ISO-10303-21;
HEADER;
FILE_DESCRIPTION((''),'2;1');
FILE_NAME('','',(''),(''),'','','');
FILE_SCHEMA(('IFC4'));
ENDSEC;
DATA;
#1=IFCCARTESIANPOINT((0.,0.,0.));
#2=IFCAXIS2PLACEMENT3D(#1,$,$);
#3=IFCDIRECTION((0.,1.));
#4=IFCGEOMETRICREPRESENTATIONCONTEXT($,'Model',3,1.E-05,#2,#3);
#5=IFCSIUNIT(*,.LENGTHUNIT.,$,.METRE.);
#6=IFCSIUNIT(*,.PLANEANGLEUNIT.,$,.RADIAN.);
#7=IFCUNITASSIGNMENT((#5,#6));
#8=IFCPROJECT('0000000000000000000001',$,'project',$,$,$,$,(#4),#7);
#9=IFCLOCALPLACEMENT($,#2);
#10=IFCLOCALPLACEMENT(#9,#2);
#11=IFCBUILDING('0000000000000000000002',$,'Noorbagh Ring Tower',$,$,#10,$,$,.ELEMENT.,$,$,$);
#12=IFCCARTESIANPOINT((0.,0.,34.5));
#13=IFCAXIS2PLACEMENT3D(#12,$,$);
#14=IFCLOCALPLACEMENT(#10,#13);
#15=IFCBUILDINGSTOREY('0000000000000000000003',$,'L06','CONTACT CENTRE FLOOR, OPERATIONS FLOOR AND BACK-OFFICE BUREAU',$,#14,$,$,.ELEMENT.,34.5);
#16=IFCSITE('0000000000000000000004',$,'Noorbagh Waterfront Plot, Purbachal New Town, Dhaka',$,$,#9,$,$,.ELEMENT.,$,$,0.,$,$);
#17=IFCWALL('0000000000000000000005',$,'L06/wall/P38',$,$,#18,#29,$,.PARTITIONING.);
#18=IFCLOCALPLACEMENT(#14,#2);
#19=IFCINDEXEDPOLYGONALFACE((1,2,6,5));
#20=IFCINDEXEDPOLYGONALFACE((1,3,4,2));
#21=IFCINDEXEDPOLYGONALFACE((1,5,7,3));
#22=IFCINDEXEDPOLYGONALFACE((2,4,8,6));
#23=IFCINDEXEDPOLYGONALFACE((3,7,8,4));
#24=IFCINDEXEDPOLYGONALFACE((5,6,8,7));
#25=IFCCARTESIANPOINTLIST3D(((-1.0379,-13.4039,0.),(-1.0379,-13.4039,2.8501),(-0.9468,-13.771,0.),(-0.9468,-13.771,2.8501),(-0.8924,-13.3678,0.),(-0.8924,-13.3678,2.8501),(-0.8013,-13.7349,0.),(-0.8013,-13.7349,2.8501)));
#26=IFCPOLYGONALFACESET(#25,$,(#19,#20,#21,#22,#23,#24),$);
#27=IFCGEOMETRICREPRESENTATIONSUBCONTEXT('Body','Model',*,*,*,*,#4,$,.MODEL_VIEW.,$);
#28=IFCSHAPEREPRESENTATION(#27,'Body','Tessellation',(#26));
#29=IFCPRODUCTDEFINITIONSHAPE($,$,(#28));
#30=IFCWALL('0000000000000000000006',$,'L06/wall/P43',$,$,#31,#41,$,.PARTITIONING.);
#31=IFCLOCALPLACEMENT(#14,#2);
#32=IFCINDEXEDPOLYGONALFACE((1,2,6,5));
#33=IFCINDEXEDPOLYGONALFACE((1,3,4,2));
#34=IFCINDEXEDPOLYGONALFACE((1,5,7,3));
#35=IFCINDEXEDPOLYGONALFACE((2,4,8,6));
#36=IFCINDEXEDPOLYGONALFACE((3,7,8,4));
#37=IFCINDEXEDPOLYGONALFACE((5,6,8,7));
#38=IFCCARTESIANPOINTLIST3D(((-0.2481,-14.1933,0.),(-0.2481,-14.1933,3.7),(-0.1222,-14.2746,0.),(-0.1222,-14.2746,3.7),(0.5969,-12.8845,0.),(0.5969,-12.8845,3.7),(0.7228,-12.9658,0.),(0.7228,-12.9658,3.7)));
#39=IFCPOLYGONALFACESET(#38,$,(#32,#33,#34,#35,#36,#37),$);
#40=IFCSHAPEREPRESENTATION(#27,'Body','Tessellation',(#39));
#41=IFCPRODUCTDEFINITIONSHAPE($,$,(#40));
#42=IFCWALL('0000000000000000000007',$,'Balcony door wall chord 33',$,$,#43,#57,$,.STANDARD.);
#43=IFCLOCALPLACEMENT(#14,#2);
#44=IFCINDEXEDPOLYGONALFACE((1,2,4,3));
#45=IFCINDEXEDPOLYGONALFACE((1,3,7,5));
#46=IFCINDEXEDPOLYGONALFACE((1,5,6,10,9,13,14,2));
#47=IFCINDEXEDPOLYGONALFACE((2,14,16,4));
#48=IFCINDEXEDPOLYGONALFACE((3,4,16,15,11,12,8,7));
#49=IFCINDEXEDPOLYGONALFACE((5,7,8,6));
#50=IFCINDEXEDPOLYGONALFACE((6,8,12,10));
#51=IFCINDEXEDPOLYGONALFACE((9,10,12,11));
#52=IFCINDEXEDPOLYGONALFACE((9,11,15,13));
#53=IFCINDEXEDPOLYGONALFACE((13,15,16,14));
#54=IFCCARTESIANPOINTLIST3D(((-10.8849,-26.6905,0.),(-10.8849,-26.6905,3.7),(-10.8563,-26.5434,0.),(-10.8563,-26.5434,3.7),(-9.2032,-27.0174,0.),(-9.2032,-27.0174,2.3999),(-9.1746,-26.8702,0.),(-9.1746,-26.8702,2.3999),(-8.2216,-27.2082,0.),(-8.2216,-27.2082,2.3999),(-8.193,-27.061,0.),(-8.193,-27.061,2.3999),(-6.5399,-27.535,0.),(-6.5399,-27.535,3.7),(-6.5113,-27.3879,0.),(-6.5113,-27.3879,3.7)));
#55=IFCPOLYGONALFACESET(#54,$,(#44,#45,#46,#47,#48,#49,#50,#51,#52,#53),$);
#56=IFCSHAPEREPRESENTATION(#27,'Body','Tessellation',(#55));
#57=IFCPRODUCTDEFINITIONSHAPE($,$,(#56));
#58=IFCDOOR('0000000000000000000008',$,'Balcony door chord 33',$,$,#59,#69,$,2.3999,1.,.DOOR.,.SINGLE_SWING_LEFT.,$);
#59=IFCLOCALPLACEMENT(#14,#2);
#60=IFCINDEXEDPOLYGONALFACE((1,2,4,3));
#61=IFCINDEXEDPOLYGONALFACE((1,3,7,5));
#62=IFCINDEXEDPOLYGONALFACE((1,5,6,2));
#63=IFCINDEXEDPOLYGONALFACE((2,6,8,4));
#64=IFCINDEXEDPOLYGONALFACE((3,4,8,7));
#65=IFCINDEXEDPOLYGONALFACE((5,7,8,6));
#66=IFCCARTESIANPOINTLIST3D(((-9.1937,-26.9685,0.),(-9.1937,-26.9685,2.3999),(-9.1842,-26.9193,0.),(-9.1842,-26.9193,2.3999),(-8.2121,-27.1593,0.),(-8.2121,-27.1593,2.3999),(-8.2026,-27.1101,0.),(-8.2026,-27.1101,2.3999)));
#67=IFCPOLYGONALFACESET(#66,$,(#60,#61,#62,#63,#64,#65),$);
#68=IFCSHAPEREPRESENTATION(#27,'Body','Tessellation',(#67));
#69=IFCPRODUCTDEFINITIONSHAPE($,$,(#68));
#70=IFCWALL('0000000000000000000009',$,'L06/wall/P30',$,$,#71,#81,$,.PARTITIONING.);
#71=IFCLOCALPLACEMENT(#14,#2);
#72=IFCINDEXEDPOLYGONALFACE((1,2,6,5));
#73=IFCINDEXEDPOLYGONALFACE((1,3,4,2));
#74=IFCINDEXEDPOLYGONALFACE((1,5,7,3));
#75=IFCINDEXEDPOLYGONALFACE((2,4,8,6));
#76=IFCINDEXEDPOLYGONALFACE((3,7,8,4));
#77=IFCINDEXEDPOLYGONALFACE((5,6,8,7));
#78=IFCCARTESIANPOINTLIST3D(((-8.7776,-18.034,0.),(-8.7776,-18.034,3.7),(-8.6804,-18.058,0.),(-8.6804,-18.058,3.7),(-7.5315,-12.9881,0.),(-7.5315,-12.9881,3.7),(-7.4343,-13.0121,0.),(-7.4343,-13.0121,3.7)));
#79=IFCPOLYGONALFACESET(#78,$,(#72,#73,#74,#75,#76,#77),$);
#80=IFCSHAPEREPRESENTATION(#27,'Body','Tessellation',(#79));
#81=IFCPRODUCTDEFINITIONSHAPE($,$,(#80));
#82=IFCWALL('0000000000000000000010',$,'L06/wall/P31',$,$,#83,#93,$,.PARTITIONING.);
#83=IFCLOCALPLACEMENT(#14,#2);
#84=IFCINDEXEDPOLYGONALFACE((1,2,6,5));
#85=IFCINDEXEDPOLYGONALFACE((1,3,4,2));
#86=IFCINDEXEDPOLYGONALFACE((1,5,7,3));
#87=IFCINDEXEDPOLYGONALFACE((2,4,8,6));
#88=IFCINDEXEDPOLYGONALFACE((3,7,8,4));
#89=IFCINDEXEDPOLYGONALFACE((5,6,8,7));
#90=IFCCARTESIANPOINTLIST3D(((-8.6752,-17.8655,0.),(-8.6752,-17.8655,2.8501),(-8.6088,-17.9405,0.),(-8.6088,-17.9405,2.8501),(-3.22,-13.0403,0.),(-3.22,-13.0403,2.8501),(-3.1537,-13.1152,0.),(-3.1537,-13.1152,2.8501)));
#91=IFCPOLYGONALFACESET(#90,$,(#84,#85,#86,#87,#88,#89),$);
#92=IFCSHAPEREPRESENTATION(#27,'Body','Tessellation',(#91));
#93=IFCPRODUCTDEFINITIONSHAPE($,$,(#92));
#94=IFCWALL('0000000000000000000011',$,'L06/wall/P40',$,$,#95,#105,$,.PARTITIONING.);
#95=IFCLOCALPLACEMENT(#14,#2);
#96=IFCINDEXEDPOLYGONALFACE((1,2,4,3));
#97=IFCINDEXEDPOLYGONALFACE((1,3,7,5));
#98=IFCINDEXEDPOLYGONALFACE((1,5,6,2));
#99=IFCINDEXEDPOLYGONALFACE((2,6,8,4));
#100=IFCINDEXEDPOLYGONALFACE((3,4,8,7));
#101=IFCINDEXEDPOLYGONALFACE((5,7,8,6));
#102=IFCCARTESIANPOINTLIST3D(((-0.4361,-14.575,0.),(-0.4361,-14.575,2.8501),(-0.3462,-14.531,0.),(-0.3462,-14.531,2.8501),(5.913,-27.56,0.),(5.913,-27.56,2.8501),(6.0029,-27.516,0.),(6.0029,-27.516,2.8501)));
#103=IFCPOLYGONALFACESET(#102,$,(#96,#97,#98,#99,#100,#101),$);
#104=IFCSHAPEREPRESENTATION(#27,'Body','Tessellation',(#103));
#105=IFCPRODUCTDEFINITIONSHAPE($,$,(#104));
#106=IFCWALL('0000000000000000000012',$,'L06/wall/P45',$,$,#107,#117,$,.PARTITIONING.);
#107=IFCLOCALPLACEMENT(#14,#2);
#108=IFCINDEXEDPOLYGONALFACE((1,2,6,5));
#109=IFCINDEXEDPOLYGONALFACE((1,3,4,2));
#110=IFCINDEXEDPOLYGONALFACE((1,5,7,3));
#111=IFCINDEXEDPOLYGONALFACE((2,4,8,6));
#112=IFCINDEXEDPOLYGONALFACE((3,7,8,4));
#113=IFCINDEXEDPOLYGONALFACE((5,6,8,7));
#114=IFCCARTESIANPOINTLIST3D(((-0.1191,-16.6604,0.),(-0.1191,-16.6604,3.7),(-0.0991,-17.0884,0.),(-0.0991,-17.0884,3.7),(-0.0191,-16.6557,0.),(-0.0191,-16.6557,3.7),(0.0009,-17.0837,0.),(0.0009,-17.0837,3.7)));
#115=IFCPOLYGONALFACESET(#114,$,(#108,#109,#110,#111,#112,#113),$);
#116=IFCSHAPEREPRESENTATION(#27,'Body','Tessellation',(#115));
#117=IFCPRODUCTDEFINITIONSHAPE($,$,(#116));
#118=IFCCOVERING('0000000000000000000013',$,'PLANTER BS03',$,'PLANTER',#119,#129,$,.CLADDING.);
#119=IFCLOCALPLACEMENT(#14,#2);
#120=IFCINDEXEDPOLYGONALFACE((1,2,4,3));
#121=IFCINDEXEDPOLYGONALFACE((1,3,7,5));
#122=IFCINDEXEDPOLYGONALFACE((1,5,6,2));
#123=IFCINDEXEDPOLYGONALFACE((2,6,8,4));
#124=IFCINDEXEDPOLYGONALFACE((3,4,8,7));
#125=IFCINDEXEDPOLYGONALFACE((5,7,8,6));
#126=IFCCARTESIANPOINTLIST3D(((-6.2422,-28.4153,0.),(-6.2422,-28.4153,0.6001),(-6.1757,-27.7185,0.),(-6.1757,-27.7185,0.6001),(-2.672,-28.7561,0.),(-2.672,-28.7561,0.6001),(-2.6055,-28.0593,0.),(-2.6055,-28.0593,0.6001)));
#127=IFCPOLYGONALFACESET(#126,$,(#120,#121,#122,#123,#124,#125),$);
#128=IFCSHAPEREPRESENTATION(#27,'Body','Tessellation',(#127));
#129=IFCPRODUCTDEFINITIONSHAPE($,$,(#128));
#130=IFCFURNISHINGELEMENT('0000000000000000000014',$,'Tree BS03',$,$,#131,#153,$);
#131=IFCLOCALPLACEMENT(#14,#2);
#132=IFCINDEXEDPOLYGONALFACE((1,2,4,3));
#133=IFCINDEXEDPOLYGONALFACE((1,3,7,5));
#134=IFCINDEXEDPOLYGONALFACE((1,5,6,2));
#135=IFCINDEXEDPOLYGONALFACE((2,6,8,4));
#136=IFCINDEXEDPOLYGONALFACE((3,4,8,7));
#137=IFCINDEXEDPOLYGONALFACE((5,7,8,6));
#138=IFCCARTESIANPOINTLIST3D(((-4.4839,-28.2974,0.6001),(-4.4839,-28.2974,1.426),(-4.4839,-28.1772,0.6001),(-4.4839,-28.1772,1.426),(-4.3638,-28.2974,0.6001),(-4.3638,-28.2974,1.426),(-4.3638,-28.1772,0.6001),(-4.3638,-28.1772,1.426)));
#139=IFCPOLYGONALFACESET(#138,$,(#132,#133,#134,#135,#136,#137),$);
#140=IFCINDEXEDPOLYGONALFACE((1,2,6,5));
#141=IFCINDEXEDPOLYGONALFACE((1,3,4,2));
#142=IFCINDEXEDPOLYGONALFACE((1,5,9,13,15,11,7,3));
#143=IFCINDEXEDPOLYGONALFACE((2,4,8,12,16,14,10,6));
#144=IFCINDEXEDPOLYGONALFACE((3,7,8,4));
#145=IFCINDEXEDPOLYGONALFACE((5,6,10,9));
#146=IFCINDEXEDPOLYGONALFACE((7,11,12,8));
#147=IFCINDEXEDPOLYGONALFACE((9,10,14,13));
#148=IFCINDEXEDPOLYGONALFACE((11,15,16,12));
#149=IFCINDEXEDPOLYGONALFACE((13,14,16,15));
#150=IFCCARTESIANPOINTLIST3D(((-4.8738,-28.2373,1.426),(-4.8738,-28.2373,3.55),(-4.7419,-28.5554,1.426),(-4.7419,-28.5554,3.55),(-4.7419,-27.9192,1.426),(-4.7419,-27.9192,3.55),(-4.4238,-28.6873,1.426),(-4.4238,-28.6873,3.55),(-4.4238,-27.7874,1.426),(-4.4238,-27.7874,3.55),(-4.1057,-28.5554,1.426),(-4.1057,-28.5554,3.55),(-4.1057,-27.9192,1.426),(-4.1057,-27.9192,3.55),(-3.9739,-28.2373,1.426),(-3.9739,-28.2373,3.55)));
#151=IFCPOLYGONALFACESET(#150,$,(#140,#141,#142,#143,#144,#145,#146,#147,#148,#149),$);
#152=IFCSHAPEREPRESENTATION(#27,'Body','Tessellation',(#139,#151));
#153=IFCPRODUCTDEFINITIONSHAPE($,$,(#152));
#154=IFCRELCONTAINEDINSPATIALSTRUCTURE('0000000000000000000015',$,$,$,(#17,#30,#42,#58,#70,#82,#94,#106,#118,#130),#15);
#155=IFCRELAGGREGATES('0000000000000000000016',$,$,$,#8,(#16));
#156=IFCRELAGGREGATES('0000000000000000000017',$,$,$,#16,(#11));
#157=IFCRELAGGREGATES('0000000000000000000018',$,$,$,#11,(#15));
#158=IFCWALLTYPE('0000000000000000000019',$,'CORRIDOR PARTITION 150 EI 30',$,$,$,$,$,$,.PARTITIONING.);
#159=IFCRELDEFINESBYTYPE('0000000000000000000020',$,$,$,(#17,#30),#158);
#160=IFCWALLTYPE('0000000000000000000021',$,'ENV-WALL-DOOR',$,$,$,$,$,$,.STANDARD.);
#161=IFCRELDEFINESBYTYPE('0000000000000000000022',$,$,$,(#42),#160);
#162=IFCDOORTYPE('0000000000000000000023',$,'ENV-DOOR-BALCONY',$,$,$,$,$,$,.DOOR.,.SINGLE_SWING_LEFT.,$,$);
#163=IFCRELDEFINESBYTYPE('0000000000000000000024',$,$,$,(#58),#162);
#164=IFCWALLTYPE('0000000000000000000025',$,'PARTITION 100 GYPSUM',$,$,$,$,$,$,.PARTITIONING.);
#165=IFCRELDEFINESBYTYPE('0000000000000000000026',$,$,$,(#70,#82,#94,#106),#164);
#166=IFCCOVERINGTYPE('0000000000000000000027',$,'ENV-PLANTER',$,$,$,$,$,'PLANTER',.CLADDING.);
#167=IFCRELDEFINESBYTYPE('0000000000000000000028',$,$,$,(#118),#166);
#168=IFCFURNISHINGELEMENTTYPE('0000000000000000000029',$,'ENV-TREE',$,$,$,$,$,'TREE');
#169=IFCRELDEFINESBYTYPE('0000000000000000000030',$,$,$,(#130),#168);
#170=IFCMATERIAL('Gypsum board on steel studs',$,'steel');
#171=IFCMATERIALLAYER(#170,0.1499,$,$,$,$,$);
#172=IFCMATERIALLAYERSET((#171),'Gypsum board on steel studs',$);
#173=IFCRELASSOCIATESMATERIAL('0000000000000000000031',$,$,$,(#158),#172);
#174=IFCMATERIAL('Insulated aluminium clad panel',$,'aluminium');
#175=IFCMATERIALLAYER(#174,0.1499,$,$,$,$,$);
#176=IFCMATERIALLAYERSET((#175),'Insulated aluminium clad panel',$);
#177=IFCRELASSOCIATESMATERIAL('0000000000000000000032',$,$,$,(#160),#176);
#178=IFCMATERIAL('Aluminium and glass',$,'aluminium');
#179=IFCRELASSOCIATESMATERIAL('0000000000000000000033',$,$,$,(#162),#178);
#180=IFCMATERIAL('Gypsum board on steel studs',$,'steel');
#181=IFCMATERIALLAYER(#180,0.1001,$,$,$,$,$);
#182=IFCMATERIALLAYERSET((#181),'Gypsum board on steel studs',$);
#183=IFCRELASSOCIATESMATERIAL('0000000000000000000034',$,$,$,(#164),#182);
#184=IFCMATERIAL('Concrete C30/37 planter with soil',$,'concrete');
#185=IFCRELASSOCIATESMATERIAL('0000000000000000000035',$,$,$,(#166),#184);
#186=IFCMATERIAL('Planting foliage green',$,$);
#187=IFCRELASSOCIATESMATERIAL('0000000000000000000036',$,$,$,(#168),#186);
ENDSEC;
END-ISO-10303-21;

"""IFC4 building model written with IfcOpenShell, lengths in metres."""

from ifc_helpers import new_model, si_unit, direction, frame, frame_2d, origin, origin_2d, place, context, subcontext, project, spatial, polyline, rectangle, outline, extrude, material, layer, layer_set, type_object, element, fill, save


model = new_model("IFC4")

# Units and contexts
model_context = context("Model", 3, precision=1e-05, world=origin(), true_north=direction((0.0, 1.0)))
body_context = subcontext(model_context, "Body", "Model", "MODEL_VIEW")
ifc_project = project(units=[si_unit("LENGTHUNIT", "METRE"), si_unit("PLANEANGLEUNIT", "RADIAN")], contexts=[model_context])

# Site, building, storey
site_placement = place(None, origin())
site = spatial("IfcSite", under=ifc_project, at=site_placement, Name="Noorbagh Waterfront Plot, Purbachal New Town, Dhaka", CompositionType="ELEMENT", RefElevation=0.0)
building_placement = place(site_placement, origin())
building = spatial("IfcBuilding", under=site, at=building_placement, Name="Noorbagh Ring Tower", CompositionType="ELEMENT")
storey_placement = place(building_placement, frame((0.0, 0.0, 34.5)))
storey = spatial("IfcBuildingStorey", under=building, at=storey_placement, Name="L06", Description="CONTACT CENTRE FLOOR, OPERATIONS FLOOR AND BACK-OFFICE BUREAU", CompositionType="ELEMENT", Elevation=34.5)

# Walls
ifc_material_1 = material(Name="Gypsum board on steel studs", Category="steel")
ifc_layer_1 = layer(ifc_material_1, 0.1499)
ifc_layer_set_1 = layer_set([ifc_layer_1], Name="Gypsum board on steel studs")
wall_type_1 = type_object("IfcWallType", Name="CORRIDOR PARTITION 150 EI 30", PredefinedType="PARTITIONING", material=ifc_layer_set_1)
wall_1_placement = place(storey_placement, frame((-0.9651, -13.386, 0.0), z_axis=(0.0, 0.0, 1.0), x_axis=(0.240864, -0.970559, 0.0)))
element("IfcWall", 1, at=wall_1_placement, inside=storey, type_object=wall_type_1, Name="L06/wall/P38", PredefinedType="PARTITIONING", context=body_context, shape_type="SweptSolid", body=[
    extrude(rectangle(XDim=0.3782, YDim=0.1499, at=frame_2d((0.189, 0.0))), origin(), (0.0, 0.0, 1.0), 2.8501),
])
wall_2_placement = place(storey_placement, frame((-0.1851, -14.2339, 0.0), z_axis=(0.0, 0.0, 1.0), x_axis=(0.54238, 0.840133, 0.0)))
element("IfcWall", 2, at=wall_2_placement, inside=storey, type_object=wall_type_1, Name="L06/wall/P43", PredefinedType="PARTITIONING", context=body_context, shape_type="SweptSolid", body=[
    extrude(rectangle(XDim=1.5579, YDim=0.1499, at=frame_2d((0.7788, 0.0))), origin(), (0.0, 0.0, 1.0), 3.7),
])

# Wall, opening, door
ifc_material_2 = material(Name="Insulated aluminium clad panel", Category="aluminium")
ifc_layer_2 = layer(ifc_material_2, 0.1499)
ifc_layer_set_2 = layer_set([ifc_layer_2], Name="Insulated aluminium clad panel")
wall_type_2 = type_object("IfcWallType", Name="ENV-WALL-DOOR", PredefinedType="STANDARD", material=ifc_layer_set_2)
wall_3_placement = place(storey_placement, frame((-10.8706, -26.6169, 0.0), z_axis=(0.0, 0.0, 1.0), x_axis=(0.981631, -0.190788, 0.0)))
wall_3 = element("IfcWall", 3, at=wall_3_placement, inside=storey, type_object=wall_type_2, Name="Balcony door wall chord 33", PredefinedType="STANDARD", context=body_context, shape_type="SweptSolid", body=[
    extrude(rectangle(XDim=4.4263, YDim=0.1499, at=frame_2d((2.2131, 0.0))), origin(), (0.0, 0.0, 1.0), 3.7),
])
opening_placement = place(wall_3_placement, frame((1.7131, 0.0, 0.0)))
opening = element("IfcOpeningElement", 4, at=opening_placement, cuts=wall_3, PredefinedType="OPENING", context=body_context, shape_type="SweptSolid", body=[
    extrude(rectangle(XDim=1.0, YDim=2.3999, at=frame_2d((0.5, 1.2))), frame((0.0, 0.085, 0.0), z_axis=(0.0, -1.0, 0.0), x_axis=(1.0, 0.0, 0.0)), (0.0, 0.0, 1.0), 0.1699),
])
ifc_material_3 = material(Name="Aluminium and glass", Category="aluminium")
door_type = type_object("IfcDoorType", Name="ENV-DOOR-BALCONY", OperationType="SINGLE_SWING_LEFT", PredefinedType="DOOR", material=ifc_material_3)
door_placement = place(opening_placement, origin())
door = element("IfcDoor", 5, at=door_placement, inside=storey, type_object=door_type, Name="Balcony door chord 33", OperationType="SINGLE_SWING_LEFT", OverallHeight=2.3999, OverallWidth=1.0, PredefinedType="DOOR", context=body_context, shape_type="SweptSolid", body=[
    extrude(rectangle(XDim=1.0, YDim=2.3999, at=frame_2d((0.5, 1.2))), frame((0.0, 0.0249, 0.0), z_axis=(0.0, -1.0, 0.0), x_axis=(1.0, 0.0, 0.0)), (0.0, 0.0, 1.0), 0.05),
])
fill(opening, door)

# Walls
ifc_material_4 = material(Name="Gypsum board on steel studs", Category="steel")
ifc_layer_3 = layer(ifc_material_4, 0.1001)
ifc_layer_set_3 = layer_set([ifc_layer_3], Name="Gypsum board on steel studs")
wall_type_3 = type_object("IfcWallType", Name="PARTITION 100 GYPSUM", PredefinedType="PARTITIONING", material=ifc_layer_set_3)
wall_4_placement = place(storey_placement, frame((-8.729, -18.0459, 0.0), z_axis=(0.0, 0.0, 1.0), x_axis=(0.239749, 0.970835, 0.0)))
element("IfcWall", 6, at=wall_4_placement, inside=storey, type_object=wall_type_3, Name="L06/wall/P30", PredefinedType="PARTITIONING", context=body_context, shape_type="SweptSolid", body=[
    extrude(rectangle(XDim=5.1975, YDim=0.1001, at=frame_2d((2.5986, 0.0))), origin(), (0.0, 0.0, 1.0), 3.7),
])
wall_5_placement = place(storey_placement, frame((-8.6421, -17.9031, 0.0), z_axis=(0.0, 0.0, 1.0), x_axis=(0.749027, 0.662539, 0.0)))
element("IfcWall", 7, at=wall_5_placement, inside=storey, type_object=wall_type_3, Name="L06/wall/P31", PredefinedType="PARTITIONING", context=body_context, shape_type="SweptSolid", body=[
    extrude(rectangle(XDim=7.283, YDim=0.1001, at=frame_2d((3.6416, 0.0))), origin(), (0.0, 0.0, 1.0), 2.8501),
])
wall_6_placement = place(storey_placement, frame((-0.3911, -14.553, 0.0), z_axis=(0.0, 0.0, 1.0), x_axis=(0.439257, -0.898361, 0.0)))
element("IfcWall", 8, at=wall_6_placement, inside=storey, type_object=wall_type_3, Name="L06/wall/P40", PredefinedType="PARTITIONING", context=body_context, shape_type="SweptSolid", body=[
    extrude(rectangle(XDim=14.4541, YDim=0.1001, at=frame_2d((7.2271, 0.0))), origin(), (0.0, 0.0, 1.0), 2.8501),
])
wall_7_placement = place(storey_placement, frame((-0.0691, -16.658, 0.0), z_axis=(0.0, 0.0, 1.0), x_axis=(0.046726, -0.998908, 0.0)))
element("IfcWall", 9, at=wall_7_placement, inside=storey, type_object=wall_type_3, Name="L06/wall/P45", PredefinedType="PARTITIONING", context=body_context, shape_type="SweptSolid", body=[
    extrude(rectangle(XDim=0.4285, YDim=0.1001, at=frame_2d((0.2144, 0.0))), origin(), (0.0, 0.0, 1.0), 3.7),
])

# Covering
ifc_material_5 = material(Name="Concrete C30/37 planter with soil", Category="concrete")
covering_type = type_object("IfcCoveringType", Name="ENV-PLANTER", ElementType="PLANTER", PredefinedType="CLADDING", material=ifc_material_5)
covering_placement = place(storey_placement, frame((-4.4238, -28.2373, 0.0), z_axis=(0.0, 0.0, 1.0), x_axis=(0.995476, -0.095008, 0.0)))
element("IfcCovering", 10, at=covering_placement, inside=storey, type_object=covering_type, Name="PLANTER BS03", ObjectType="PLANTER", PredefinedType="CLADDING", context=body_context, shape_type="SweptSolid", body=[
    extrude(rectangle(XDim=3.5864, YDim=0.7, at=origin_2d()), origin(), (0.0, 0.0, 1.0), 0.6001),
])

# Furnishing element
ifc_material_6 = material(Name="Planting foliage green")
furnishing_element_type = type_object("IfcFurnishingElementType", Name="ENV-TREE", ElementType="TREE", material=ifc_material_6)
furnishing_placement = place(storey_placement, frame((-4.4238, -28.2373, 0.6001), z_axis=(0.0, 0.0, 1.0), x_axis=(1.0, 0.0, 0.0)))
element("IfcFurnishingElement", 11, at=furnishing_placement, inside=storey, type_object=furnishing_element_type, Name="Tree BS03", context=body_context, shape_type="SweptSolid", body=[
    extrude(rectangle(XDim=0.1201, YDim=0.1201, at=origin_2d()), origin(), (0.0, 0.0, 1.0), 0.8259),
    extrude(outline(polyline([(0.45, 0.0), (0.3181, 0.3181), (0.0, 0.45), (-0.3181, 0.3181), (-0.45, 0.0), (-0.3181, -0.3181), (0.0, -0.45), (0.3181, -0.3181), (0.45, 0.0)])), frame((0.0, 0.0, 0.8259)), (0.0, 0.0, 1.0), 2.124),
])

save(model, "model.ifc")
